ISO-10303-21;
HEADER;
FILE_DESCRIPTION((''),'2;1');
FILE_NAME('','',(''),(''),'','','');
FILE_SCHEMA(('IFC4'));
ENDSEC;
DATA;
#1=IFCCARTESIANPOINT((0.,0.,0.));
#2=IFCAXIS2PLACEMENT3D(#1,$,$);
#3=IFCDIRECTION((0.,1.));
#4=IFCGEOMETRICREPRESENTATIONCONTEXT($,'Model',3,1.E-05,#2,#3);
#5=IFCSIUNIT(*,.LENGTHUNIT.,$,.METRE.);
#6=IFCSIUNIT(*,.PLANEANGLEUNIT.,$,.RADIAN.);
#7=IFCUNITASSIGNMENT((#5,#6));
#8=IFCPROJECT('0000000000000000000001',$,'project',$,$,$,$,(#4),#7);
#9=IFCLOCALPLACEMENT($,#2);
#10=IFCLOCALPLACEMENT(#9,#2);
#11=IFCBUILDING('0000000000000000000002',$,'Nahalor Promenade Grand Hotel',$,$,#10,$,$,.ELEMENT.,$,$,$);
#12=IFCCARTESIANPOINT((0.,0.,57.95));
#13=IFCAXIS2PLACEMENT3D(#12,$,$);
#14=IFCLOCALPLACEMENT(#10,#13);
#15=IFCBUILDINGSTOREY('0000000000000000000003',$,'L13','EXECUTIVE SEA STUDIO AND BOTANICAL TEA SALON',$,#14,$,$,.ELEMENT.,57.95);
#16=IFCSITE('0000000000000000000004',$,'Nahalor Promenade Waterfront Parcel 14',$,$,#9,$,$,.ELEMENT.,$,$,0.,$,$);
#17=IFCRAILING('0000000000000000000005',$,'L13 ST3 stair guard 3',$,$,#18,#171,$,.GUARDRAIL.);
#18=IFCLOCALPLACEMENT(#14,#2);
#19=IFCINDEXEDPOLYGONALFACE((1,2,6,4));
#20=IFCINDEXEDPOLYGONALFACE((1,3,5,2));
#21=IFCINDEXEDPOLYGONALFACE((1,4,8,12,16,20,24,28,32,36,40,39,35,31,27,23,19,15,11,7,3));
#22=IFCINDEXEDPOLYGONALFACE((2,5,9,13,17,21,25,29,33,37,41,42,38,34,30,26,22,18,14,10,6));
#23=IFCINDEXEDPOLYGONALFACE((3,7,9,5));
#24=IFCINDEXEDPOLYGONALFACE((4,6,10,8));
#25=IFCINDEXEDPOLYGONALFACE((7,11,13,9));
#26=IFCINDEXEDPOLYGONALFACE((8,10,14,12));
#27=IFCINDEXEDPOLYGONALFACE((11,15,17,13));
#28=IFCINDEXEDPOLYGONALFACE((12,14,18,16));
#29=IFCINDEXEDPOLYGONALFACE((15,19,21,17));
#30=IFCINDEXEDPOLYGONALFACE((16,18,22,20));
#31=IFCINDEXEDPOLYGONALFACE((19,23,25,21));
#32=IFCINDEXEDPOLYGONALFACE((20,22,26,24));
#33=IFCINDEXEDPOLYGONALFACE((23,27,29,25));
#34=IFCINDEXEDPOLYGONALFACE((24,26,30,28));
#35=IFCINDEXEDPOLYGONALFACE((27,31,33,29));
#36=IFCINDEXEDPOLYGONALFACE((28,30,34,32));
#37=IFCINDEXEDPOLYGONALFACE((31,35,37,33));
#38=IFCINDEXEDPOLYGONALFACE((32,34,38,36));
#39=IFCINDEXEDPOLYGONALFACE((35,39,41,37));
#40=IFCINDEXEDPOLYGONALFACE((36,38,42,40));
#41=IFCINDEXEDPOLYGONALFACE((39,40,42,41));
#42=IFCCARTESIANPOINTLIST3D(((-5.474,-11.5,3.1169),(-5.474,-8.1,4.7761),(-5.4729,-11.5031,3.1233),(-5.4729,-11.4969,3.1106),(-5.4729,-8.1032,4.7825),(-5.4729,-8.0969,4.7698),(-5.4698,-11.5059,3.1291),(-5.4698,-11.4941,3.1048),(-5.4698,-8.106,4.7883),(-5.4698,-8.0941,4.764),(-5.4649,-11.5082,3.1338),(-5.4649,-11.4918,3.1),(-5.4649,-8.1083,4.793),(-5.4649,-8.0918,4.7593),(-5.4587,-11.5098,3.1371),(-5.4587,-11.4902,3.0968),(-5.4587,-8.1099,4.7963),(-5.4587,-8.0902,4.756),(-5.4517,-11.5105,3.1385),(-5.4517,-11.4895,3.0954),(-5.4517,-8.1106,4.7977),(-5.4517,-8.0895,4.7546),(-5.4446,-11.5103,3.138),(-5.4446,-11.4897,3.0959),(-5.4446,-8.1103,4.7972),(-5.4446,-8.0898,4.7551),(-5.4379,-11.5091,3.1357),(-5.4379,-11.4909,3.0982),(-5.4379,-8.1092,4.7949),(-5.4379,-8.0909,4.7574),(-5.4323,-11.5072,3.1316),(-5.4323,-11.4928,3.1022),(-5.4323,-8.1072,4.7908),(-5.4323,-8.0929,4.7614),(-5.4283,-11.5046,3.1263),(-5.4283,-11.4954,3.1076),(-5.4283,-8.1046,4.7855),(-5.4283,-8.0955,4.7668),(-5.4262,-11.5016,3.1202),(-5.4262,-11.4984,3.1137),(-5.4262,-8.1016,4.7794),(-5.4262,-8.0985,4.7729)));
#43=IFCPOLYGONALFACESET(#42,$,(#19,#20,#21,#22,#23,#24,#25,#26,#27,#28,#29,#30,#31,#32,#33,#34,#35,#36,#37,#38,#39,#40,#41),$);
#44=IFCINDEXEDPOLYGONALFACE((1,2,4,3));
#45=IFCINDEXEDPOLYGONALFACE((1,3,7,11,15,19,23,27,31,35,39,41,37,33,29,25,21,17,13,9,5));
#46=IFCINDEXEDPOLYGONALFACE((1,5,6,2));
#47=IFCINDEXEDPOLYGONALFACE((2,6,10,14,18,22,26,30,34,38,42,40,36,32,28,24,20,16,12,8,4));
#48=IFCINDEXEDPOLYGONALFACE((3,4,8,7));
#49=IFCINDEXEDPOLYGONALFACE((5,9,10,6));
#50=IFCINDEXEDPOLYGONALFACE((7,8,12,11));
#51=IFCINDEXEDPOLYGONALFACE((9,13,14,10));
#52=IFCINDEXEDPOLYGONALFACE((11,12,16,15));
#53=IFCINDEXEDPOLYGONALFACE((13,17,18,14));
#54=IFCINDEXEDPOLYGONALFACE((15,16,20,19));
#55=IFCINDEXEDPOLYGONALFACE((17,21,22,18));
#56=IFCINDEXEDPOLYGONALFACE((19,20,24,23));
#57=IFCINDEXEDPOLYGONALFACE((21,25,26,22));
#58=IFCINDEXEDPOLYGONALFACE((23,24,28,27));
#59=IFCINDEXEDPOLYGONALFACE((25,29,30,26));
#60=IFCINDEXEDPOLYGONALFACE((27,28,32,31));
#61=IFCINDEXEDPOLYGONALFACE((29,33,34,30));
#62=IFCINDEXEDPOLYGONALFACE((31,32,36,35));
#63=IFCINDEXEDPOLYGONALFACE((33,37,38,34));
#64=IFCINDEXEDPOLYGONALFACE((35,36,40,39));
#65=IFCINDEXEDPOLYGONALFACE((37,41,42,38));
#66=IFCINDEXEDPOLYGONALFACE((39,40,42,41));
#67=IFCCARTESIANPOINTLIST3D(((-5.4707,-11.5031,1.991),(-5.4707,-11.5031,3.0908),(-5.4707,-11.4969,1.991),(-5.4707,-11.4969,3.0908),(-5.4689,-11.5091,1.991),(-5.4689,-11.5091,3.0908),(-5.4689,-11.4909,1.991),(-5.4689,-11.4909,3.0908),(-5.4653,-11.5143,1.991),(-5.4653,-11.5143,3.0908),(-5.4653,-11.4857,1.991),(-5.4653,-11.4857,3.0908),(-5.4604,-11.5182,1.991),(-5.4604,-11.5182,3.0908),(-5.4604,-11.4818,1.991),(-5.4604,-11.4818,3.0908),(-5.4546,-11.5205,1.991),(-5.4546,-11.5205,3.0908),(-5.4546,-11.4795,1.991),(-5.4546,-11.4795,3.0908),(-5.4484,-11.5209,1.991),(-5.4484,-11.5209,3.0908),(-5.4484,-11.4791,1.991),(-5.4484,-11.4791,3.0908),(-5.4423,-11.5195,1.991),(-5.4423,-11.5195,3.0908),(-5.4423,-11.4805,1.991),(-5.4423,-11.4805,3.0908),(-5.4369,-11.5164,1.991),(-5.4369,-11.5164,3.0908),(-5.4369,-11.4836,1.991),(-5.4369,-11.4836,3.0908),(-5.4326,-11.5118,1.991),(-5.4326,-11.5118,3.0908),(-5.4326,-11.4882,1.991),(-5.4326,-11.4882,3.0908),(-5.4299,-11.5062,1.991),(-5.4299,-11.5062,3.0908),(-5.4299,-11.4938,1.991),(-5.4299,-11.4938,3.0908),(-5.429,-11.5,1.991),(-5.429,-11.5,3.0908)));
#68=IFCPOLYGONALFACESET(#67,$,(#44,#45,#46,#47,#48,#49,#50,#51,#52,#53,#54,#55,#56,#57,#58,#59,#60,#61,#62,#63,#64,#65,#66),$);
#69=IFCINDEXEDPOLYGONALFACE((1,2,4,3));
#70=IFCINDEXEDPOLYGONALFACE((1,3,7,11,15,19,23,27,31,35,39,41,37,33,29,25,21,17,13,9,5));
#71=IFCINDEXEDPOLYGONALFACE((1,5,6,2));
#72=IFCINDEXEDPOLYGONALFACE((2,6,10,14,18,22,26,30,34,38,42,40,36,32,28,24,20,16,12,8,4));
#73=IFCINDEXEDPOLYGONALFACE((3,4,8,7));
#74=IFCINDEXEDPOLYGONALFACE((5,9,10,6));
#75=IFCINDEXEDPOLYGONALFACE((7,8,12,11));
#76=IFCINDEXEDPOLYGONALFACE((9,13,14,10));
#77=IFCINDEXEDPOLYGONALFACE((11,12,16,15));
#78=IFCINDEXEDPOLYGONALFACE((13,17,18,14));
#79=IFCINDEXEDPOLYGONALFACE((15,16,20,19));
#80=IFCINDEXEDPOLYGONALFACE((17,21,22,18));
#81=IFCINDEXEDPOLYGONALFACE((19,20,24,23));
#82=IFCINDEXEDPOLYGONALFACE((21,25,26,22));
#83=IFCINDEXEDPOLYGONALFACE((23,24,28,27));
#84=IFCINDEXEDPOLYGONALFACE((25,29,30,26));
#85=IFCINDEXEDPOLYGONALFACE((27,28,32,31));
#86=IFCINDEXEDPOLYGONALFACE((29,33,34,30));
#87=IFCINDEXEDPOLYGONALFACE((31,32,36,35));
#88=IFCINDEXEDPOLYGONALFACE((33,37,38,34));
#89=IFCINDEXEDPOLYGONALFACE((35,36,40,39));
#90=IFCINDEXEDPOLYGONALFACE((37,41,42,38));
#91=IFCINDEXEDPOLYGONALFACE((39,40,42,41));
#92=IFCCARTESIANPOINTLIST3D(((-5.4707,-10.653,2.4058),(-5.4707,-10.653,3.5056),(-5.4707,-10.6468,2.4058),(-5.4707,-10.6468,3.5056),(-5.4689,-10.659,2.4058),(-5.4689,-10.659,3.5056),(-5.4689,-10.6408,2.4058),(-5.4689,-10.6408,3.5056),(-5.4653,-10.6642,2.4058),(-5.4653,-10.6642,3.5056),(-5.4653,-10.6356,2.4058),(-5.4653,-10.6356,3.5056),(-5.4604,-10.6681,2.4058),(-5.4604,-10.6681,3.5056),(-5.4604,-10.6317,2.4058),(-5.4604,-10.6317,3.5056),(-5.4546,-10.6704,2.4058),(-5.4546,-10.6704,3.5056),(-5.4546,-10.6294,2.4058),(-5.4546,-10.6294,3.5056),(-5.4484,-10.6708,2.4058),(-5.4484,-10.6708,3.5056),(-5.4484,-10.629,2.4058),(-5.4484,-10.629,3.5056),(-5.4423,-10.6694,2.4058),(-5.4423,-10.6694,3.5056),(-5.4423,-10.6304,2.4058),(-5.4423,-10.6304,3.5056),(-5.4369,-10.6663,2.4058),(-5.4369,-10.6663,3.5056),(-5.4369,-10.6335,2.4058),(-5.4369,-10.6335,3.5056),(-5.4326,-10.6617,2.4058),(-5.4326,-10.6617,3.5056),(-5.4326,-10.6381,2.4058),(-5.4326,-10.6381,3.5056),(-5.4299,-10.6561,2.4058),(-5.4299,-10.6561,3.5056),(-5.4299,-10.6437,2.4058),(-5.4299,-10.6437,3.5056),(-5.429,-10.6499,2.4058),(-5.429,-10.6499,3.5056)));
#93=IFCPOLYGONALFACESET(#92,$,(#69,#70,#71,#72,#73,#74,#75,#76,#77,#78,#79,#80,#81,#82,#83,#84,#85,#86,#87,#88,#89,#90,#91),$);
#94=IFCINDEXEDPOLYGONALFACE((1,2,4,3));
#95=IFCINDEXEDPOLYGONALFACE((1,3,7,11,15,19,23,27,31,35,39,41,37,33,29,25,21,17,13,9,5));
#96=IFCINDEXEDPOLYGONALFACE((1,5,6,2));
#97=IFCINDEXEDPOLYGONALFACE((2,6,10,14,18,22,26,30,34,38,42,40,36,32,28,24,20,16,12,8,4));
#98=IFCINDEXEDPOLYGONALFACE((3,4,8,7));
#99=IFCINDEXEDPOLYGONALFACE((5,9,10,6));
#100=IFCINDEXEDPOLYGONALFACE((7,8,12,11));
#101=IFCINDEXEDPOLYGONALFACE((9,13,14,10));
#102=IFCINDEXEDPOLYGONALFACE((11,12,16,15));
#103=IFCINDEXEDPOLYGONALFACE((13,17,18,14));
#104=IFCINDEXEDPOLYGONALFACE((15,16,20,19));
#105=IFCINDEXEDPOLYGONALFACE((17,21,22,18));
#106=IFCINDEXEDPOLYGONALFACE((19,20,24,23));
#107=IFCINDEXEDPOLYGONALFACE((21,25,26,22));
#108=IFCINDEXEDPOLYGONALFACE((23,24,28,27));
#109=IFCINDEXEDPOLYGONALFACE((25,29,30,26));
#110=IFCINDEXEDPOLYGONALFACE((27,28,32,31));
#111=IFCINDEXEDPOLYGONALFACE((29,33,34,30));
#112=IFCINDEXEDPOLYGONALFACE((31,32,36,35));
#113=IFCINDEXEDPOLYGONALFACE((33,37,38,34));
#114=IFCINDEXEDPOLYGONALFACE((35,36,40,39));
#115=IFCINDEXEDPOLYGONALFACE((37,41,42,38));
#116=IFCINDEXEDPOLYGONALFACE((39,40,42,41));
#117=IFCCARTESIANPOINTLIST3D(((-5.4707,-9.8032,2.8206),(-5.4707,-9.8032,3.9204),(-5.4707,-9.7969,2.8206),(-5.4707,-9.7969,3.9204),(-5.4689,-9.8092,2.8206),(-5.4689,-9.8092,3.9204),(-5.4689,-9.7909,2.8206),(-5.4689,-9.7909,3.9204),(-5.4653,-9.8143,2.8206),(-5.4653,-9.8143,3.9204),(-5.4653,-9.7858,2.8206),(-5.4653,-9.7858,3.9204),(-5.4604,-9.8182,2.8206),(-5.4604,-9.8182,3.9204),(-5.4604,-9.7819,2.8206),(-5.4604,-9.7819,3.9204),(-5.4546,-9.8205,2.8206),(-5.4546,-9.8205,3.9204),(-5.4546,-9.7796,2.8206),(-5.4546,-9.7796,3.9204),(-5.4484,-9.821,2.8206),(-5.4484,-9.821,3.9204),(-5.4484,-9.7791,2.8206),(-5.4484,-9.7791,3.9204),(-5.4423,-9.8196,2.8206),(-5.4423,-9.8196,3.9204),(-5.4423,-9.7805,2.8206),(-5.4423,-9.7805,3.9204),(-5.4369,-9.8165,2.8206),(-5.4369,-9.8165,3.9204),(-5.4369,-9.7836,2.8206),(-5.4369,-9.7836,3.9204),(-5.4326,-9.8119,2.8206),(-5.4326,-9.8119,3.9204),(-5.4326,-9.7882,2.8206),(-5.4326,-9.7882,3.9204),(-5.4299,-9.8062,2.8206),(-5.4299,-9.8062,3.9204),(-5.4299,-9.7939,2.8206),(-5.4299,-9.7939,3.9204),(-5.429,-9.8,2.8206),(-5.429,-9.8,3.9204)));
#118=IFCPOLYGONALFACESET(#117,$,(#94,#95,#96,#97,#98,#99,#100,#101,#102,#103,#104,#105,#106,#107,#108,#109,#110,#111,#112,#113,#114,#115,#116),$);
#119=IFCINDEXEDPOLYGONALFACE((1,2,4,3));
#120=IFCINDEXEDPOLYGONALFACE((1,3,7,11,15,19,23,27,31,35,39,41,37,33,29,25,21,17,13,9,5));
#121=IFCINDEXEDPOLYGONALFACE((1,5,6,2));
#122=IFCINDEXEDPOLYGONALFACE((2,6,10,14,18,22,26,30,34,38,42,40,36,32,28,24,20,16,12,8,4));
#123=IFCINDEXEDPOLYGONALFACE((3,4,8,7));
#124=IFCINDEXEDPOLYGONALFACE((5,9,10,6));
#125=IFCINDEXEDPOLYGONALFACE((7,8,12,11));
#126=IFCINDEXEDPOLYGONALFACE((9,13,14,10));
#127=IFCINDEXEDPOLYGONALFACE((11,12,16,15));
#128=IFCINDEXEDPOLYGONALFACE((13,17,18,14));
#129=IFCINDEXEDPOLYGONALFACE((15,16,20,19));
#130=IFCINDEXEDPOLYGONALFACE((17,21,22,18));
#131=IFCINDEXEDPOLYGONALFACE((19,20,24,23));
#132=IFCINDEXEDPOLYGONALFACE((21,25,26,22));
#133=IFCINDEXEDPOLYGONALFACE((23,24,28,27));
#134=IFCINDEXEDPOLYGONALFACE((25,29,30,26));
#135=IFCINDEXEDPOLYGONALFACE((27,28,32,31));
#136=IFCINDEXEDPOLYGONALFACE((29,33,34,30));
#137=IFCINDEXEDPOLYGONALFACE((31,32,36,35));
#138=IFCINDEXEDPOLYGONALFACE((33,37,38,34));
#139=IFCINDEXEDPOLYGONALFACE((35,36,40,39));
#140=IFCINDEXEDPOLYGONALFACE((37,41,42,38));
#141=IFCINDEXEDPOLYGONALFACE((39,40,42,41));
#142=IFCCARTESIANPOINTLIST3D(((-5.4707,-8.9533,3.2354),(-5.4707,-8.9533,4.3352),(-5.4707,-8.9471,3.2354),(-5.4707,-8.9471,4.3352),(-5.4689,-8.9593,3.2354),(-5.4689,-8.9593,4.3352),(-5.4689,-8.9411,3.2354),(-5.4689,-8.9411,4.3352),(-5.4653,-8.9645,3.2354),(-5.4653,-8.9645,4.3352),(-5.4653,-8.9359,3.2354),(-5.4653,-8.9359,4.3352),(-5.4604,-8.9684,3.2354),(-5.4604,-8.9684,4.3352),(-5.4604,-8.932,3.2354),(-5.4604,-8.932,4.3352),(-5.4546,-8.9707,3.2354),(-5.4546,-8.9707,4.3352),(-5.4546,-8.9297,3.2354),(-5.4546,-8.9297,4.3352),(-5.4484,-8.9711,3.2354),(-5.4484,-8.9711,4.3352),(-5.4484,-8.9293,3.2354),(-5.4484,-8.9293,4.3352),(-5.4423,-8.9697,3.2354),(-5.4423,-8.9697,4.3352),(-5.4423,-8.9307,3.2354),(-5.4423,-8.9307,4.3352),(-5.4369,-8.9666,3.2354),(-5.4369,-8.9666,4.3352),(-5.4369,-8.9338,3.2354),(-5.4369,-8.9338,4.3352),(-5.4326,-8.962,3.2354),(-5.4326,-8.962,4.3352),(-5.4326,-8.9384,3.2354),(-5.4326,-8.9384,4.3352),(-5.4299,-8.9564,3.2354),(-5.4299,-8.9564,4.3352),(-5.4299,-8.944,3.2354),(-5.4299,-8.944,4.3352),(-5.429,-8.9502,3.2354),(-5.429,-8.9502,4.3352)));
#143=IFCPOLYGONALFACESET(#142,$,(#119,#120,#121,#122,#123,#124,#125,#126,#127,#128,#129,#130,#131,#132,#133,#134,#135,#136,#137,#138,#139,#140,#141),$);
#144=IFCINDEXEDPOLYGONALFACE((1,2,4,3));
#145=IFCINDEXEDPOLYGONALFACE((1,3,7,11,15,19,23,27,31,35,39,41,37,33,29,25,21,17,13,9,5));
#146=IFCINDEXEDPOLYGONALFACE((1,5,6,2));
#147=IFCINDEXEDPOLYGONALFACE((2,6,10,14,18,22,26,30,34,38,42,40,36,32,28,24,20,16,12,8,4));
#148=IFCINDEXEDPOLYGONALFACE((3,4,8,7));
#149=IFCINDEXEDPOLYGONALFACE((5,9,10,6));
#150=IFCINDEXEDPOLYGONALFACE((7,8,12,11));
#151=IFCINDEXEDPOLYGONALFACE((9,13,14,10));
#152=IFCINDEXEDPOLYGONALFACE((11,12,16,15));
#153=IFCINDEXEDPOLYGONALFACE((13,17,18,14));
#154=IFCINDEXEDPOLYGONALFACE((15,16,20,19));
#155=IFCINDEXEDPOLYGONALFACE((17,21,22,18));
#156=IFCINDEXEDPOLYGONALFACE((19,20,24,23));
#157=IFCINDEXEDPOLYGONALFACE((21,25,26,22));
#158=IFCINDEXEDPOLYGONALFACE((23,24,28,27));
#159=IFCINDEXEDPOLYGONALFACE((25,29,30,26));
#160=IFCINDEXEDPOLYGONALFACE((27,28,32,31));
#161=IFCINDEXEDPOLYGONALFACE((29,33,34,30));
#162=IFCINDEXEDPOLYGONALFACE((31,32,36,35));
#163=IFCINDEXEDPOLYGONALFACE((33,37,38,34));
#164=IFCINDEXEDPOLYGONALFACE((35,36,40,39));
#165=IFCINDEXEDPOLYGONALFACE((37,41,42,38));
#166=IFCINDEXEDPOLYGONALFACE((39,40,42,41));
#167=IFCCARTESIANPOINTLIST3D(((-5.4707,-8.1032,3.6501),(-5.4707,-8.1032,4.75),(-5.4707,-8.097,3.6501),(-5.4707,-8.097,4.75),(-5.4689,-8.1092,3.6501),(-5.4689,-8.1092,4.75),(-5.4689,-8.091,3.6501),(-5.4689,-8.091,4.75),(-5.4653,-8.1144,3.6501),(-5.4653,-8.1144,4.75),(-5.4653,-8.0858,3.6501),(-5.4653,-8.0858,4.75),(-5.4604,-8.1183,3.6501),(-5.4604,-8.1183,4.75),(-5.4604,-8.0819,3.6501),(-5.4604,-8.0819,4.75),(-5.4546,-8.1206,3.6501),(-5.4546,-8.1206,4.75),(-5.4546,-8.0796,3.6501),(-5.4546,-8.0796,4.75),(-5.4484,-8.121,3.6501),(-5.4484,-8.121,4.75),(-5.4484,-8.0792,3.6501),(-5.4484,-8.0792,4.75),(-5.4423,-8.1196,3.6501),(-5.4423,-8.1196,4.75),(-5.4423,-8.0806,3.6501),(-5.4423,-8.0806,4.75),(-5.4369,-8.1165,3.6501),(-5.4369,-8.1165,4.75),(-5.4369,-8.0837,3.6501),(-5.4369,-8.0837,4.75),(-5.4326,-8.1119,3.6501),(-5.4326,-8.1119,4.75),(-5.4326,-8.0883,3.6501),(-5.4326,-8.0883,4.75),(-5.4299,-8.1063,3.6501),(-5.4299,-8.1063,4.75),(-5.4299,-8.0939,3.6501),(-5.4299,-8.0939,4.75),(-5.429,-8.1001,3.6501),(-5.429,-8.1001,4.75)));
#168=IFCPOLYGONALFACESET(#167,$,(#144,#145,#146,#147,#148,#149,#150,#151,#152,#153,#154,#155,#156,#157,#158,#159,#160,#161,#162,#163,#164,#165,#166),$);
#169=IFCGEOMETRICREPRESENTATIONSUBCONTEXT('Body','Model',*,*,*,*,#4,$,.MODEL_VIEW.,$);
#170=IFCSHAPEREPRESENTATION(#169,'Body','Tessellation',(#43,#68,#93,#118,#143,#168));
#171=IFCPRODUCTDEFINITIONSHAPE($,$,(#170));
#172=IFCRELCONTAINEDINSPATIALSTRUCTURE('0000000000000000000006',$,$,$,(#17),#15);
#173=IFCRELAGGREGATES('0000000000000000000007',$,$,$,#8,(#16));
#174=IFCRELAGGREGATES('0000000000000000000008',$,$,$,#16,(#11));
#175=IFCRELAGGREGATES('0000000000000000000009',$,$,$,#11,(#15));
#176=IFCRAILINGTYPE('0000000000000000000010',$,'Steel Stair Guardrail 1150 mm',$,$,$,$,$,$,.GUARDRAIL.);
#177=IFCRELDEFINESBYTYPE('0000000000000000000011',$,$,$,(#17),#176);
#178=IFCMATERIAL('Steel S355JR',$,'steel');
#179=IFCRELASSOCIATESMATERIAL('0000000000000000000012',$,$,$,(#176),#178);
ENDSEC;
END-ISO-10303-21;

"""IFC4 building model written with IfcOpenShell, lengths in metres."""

from ifc_helpers import new_model, si_unit, direction, frame, origin, origin_2d, place, context, subcontext, project, spatial, circle, extrude, material, type_object, element, save


model = new_model("IFC4")

# Units and contexts
model_context = context("Model", 3, precision=1e-05, world=origin(), true_north=direction((0.0, 1.0)))
body_context = subcontext(model_context, "Body", "Model", "MODEL_VIEW")
ifc_project = project(units=[si_unit("LENGTHUNIT", "METRE"), si_unit("PLANEANGLEUNIT", "RADIAN")], contexts=[model_context])

# Site, building, storey
site_placement = place(None, origin())
site = spatial("IfcSite", under=ifc_project, at=site_placement, Name="Nahalor Promenade Waterfront Parcel 14", CompositionType="ELEMENT", RefElevation=0.0)
building_placement = place(site_placement, origin())
building = spatial("IfcBuilding", under=site, at=building_placement, Name="Nahalor Promenade Grand Hotel", CompositionType="ELEMENT")
storey_placement = place(building_placement, frame((0.0, 0.0, 57.95)))
storey = spatial("IfcBuildingStorey", under=building, at=storey_placement, Name="L13", Description="EXECUTIVE SEA STUDIO AND BOTANICAL TEA SALON", CompositionType="ELEMENT", Elevation=57.95)

# Shared definitions
ifc_material_1 = material(Name="Steel S355JR", Category="steel")

# Railing
railing_type_1 = type_object("IfcRailingType", Name="Steel Stair Guardrail 1150 mm", PredefinedType="GUARDRAIL", material=ifc_material_1)
railing_1_placement = place(storey_placement, frame((-5.45, -11.5, 1.991)))
element("IfcRailing", 1, at=railing_1_placement, inside=storey, type_object=railing_type_1, Name="L13 ST3 stair guard 3", PredefinedType="GUARDRAIL", context=body_context, shape_type="SweptSolid", body=[
    extrude(circle(Radius=0.024, at=origin_2d()), frame((0.0, 0.0, 1.126), z_axis=(0.0, 0.898696, 0.438571), x_axis=(-1.0, 0.0, 0.0)), (0.0, 0.0, 1.0), 3.7832),
    extrude(circle(Radius=0.021, at=origin_2d()), origin(), (0.0, 0.0, 1.0), 1.0999),
    extrude(circle(Radius=0.021, at=origin_2d()), frame((0.0, 0.8501, 0.4148)), (0.0, 0.0, 1.0), 1.0999),
    extrude(circle(Radius=0.021, at=origin_2d()), frame((0.0, 1.7, 0.8296)), (0.0, 0.0, 1.0), 1.0999),
    extrude(circle(Radius=0.021, at=origin_2d()), frame((0.0, 2.5498, 1.2444)), (0.0, 0.0, 1.0), 1.0999),
    extrude(circle(Radius=0.021, at=origin_2d()), frame((0.0, 3.3999, 1.6592)), (0.0, 0.0, 1.0), 1.0999),
])

save(model, "model.ifc")
